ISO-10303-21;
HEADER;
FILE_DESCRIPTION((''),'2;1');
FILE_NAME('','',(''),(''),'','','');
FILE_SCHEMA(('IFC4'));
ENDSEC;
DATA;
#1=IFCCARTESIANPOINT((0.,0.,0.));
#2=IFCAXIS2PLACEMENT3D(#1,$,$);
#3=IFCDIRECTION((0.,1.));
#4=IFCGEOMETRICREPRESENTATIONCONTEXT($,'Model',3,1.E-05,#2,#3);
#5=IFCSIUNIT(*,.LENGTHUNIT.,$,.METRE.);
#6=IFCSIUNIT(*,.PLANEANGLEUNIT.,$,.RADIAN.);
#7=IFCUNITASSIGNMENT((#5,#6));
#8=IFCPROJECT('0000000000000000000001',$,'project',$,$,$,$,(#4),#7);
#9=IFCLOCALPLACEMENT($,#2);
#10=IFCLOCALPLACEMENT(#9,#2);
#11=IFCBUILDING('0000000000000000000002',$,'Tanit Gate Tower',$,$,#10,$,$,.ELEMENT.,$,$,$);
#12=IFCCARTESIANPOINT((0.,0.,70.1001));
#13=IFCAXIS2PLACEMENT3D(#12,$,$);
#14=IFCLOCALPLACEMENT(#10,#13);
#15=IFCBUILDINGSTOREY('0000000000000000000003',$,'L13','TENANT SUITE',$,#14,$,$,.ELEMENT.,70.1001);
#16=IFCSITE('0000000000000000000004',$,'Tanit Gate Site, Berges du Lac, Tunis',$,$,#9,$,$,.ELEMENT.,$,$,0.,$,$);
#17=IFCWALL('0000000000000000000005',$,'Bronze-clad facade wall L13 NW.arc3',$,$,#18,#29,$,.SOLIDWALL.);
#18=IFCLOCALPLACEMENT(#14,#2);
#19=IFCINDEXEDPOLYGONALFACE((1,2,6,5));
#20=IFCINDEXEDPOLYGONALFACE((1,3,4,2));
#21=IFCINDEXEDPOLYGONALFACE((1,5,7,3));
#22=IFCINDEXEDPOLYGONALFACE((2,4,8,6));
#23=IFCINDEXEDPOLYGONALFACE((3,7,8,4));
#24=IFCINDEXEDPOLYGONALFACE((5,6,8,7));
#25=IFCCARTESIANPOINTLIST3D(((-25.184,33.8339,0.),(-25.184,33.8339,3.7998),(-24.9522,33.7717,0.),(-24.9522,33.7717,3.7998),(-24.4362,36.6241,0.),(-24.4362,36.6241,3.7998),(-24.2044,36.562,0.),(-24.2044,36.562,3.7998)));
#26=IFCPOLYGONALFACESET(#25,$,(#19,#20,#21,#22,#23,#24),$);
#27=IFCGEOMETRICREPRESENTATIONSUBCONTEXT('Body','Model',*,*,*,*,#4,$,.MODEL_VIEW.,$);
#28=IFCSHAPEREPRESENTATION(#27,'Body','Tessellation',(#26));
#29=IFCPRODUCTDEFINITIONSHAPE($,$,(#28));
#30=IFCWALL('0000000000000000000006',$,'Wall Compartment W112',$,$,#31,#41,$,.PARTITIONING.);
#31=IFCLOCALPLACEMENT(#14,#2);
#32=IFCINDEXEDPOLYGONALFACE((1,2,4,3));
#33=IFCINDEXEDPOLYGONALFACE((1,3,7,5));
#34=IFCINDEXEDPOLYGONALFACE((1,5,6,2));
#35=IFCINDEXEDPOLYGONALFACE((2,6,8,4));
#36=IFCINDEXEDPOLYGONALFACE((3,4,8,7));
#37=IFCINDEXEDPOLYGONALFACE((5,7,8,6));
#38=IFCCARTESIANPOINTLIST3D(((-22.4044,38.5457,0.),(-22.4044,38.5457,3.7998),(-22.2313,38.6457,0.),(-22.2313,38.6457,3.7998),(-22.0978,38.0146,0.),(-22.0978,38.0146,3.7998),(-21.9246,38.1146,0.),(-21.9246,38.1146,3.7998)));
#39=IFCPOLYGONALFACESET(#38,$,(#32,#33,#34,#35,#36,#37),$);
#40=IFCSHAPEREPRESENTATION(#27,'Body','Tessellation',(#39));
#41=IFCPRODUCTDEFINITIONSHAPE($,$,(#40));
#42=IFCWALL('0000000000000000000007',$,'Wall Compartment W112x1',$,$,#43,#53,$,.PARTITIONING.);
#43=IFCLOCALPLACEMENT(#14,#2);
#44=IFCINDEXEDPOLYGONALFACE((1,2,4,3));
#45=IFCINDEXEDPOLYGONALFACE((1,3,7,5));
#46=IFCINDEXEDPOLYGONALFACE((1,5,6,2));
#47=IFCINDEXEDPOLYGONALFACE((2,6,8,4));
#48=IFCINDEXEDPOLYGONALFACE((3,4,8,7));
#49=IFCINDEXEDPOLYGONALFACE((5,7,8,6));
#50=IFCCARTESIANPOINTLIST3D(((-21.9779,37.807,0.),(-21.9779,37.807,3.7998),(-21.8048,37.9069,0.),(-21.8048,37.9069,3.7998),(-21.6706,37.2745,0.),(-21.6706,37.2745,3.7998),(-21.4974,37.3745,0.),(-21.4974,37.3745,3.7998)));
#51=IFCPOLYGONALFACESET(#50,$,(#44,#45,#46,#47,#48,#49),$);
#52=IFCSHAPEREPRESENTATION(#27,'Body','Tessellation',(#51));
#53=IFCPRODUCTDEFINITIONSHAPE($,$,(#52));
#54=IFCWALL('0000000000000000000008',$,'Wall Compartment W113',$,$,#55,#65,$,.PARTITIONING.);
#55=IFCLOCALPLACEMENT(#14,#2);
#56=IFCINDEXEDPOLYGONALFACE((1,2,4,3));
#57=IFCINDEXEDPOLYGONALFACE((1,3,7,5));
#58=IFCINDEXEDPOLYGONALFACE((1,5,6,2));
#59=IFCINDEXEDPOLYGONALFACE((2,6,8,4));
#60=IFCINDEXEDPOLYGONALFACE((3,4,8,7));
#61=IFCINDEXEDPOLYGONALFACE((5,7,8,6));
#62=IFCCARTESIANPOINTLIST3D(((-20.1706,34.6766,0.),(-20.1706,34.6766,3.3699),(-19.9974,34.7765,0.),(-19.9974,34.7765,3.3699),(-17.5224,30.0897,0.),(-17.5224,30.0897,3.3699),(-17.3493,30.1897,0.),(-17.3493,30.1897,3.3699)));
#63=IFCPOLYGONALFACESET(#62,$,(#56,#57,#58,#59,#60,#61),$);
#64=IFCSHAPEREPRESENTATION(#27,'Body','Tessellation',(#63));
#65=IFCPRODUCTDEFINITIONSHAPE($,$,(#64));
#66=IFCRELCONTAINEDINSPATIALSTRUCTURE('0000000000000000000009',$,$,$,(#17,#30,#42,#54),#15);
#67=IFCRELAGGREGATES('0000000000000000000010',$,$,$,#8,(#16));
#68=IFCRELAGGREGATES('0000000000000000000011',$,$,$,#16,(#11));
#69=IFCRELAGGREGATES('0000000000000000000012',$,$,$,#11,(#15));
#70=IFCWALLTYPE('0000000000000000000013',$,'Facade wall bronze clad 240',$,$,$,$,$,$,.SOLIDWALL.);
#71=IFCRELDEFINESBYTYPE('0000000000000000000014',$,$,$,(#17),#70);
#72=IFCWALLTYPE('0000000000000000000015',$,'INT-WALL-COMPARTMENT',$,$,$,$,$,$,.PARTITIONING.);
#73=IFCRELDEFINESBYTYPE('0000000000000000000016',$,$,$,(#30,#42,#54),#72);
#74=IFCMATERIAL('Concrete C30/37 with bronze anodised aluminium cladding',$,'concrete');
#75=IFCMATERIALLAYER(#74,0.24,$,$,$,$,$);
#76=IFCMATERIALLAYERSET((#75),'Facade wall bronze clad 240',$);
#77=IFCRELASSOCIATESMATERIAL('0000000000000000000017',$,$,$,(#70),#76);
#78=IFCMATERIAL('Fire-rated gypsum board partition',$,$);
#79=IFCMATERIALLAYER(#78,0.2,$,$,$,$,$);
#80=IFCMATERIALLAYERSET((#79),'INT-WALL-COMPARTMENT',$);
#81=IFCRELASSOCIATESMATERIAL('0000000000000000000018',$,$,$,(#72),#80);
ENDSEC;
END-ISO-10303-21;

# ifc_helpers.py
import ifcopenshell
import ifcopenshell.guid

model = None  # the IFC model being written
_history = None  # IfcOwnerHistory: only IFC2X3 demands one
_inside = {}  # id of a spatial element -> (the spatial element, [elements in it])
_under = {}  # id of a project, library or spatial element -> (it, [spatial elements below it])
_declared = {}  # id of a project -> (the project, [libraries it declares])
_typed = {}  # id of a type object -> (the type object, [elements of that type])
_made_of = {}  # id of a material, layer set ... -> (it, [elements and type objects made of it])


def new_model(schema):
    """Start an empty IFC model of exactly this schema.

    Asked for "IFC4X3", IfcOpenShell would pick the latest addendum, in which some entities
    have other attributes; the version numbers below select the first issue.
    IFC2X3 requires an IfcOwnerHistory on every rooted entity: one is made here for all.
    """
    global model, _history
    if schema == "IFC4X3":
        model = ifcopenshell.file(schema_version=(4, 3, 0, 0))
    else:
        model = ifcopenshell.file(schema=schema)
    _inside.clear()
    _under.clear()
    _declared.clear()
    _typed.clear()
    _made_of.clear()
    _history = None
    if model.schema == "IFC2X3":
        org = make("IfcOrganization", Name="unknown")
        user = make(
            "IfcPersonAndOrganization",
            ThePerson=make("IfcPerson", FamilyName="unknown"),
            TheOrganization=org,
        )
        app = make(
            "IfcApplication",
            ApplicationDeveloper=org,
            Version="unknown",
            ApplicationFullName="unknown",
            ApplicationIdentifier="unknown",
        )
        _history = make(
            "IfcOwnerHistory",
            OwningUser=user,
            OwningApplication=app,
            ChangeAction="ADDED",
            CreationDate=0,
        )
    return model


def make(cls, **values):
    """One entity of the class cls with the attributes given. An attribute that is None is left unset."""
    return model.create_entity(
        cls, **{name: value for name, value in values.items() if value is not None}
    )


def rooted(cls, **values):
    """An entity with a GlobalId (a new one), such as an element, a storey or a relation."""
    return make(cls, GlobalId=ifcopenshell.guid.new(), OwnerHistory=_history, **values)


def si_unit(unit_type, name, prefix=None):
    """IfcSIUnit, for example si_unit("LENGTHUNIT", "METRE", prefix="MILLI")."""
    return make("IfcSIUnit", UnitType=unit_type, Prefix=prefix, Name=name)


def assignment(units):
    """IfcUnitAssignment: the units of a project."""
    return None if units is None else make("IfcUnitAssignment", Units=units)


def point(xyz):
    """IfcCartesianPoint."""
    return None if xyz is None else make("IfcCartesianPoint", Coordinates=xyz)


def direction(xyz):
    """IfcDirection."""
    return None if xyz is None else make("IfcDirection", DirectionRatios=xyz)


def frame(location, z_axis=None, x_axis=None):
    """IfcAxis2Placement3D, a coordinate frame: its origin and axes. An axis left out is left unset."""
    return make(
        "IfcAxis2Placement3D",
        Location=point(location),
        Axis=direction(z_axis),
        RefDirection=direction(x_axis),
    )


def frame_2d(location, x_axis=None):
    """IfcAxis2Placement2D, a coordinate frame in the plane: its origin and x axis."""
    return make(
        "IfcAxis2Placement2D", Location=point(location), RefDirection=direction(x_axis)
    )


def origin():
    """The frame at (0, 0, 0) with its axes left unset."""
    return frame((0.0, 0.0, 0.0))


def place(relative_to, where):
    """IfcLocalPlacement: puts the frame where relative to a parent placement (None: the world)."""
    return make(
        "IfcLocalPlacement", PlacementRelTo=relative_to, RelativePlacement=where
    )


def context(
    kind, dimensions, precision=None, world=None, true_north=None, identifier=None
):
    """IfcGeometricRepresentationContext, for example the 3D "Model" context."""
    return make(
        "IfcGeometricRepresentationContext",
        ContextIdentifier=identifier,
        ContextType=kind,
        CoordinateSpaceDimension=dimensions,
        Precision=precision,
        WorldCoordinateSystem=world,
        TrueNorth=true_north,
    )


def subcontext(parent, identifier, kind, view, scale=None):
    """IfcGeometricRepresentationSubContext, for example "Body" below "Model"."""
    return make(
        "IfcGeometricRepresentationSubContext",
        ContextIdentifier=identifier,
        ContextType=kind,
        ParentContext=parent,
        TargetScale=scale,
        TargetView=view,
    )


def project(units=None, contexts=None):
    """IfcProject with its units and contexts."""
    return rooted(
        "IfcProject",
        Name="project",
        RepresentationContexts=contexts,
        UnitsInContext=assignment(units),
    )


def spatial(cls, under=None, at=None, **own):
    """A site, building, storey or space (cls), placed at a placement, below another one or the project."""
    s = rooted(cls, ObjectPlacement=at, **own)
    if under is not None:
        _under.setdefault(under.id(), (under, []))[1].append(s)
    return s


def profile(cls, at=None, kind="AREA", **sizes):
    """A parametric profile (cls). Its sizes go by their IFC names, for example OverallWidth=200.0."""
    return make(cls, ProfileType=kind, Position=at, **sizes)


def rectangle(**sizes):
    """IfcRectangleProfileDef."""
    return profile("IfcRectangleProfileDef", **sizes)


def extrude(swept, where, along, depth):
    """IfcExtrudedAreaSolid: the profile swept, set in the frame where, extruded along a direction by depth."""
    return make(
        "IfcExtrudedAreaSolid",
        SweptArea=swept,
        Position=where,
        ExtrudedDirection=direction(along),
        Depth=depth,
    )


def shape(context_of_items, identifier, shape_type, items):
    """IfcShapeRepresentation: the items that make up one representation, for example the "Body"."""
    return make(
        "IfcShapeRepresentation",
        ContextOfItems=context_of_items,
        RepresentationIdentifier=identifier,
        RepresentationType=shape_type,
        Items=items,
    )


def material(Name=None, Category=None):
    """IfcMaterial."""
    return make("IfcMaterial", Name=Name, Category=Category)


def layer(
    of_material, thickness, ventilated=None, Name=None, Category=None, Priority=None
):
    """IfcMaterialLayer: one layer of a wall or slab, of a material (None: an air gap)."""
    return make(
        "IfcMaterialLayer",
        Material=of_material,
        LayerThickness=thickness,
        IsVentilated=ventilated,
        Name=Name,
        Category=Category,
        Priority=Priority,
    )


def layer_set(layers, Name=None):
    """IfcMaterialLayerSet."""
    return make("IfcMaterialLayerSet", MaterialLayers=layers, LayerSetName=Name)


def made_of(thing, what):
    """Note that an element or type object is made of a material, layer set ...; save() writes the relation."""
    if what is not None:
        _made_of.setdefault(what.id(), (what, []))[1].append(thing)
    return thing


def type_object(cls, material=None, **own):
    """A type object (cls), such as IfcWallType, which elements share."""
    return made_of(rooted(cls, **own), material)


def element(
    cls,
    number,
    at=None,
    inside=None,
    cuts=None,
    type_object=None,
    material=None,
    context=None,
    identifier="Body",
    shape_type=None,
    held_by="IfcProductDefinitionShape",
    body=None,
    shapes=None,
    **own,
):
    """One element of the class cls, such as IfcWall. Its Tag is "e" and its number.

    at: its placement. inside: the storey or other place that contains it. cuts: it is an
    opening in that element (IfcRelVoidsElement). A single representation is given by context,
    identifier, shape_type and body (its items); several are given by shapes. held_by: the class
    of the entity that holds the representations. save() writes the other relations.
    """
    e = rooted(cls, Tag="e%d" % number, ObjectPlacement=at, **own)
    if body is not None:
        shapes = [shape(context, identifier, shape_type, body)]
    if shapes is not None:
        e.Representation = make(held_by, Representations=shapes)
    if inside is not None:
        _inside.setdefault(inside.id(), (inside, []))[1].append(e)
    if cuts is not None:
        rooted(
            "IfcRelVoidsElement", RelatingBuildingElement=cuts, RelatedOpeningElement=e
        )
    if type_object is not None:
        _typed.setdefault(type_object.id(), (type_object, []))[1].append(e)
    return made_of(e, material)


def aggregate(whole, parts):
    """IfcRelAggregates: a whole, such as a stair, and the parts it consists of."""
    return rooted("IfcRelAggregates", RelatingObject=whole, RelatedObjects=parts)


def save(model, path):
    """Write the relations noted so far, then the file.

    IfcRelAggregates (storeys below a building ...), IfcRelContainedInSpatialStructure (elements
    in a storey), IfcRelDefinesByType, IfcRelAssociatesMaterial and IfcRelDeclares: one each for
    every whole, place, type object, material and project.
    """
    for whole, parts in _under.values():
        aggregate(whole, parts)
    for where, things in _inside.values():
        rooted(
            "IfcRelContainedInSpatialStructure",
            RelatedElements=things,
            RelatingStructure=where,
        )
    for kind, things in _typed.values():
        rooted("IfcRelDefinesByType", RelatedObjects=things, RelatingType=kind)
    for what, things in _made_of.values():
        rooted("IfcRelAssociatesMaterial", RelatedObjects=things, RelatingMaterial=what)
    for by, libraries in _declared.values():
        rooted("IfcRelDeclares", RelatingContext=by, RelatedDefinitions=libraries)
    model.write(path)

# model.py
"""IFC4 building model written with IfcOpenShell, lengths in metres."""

from ifc_helpers import new_model, si_unit, direction, frame, frame_2d, origin, place, context, subcontext, project, spatial, rectangle, extrude, material, layer, layer_set, type_object, element, save


model = new_model("IFC4")

# Units and contexts
model_context = context("Model", 3, precision=1e-05, world=origin(), true_north=direction((0.0, 1.0)))
body_context = subcontext(model_context, "Body", "Model", "MODEL_VIEW")
ifc_project = project(units=[si_unit("LENGTHUNIT", "METRE"), si_unit("PLANEANGLEUNIT", "RADIAN")], contexts=[model_context])

# Site, building, storey
site_placement = place(None, origin())
site = spatial("IfcSite", under=ifc_project, at=site_placement, Name="Tanit Gate Site, Berges du Lac, Tunis", CompositionType="ELEMENT", RefElevation=0.0)
building_placement = place(site_placement, origin())
building = spatial("IfcBuilding", under=site, at=building_placement, Name="Tanit Gate Tower", CompositionType="ELEMENT")
storey_placement = place(building_placement, frame((0.0, 0.0, 70.1001)))
storey = spatial("IfcBuildingStorey", under=building, at=storey_placement, Name="L13", Description="TENANT SUITE", CompositionType="ELEMENT", Elevation=70.1001)

# Walls
ifc_material_1 = material(Name="Concrete C30/37 with bronze anodised aluminium cladding", Category="concrete")
ifc_layer_1 = layer(ifc_material_1, 0.24)
ifc_layer_set_1 = layer_set([ifc_layer_1], Name="Facade wall bronze clad 240")
wall_type_1 = type_object("IfcWallType", Name="Facade wall bronze clad 240", PredefinedType="SOLIDWALL", material=ifc_layer_set_1)
wall_1_placement = place(storey_placement, frame((-24.3203, 36.593, 0.0), z_axis=(0.0, 0.0, 1.0), x_axis=(-0.258867, -0.965913, 0.0)))
element("IfcWall", 1, at=wall_1_placement, inside=storey, type_object=wall_type_1, Name="Bronze-clad facade wall L13 NW.arc3", PredefinedType="SOLIDWALL", context=body_context, shape_type="SweptSolid", body=[
    extrude(rectangle(XDim=2.8887, YDim=0.24, at=frame_2d((1.4443, 0.0))), origin(), (0.0, 0.0, 1.0), 3.7998),
])
ifc_material_2 = material(Name="Fire-rated gypsum board partition")
ifc_layer_2 = layer(ifc_material_2, 0.2)
ifc_layer_set_2 = layer_set([ifc_layer_2], Name="INT-WALL-COMPARTMENT")
wall_type_2 = type_object("IfcWallType", Name="INT-WALL-COMPARTMENT", PredefinedType="PARTITIONING", material=ifc_layer_set_2)
wall_2_placement = place(storey_placement, frame((-22.3179, 38.5957, 0.0), z_axis=(0.0, 0.0, 1.0), x_axis=(0.500079, -0.86598, 0.0)))
element("IfcWall", 2, at=wall_2_placement, inside=storey, type_object=wall_type_2, Name="Wall Compartment W112", PredefinedType="PARTITIONING", context=body_context, shape_type="SweptSolid", body=[
    extrude(rectangle(XDim=0.6133, YDim=0.2, at=frame_2d((0.3066, 0.0))), origin(), (0.0, 0.0, 1.0), 3.7998),
])
wall_3_placement = place(storey_placement, frame((-21.8914, 37.8569, 0.0), z_axis=(0.0, 0.0, 1.0), x_axis=(0.49994, -0.86606, 0.0)))
element("IfcWall", 3, at=wall_3_placement, inside=storey, type_object=wall_type_2, Name="Wall Compartment W112x1", PredefinedType="PARTITIONING", context=body_context, shape_type="SweptSolid", body=[
    extrude(rectangle(XDim=0.6147, YDim=0.2, at=frame_2d((0.3074, 0.0))), origin(), (0.0, 0.0, 1.0), 3.7998),
])
wall_4_placement = place(storey_placement, frame((-20.084, 34.7266, 0.0), z_axis=(0.0, 0.0, 1.0), x_axis=(0.499991, -0.866031, 0.0)))
element("IfcWall", 4, at=wall_4_placement, inside=storey, type_object=wall_type_2, Name="Wall Compartment W113", PredefinedType="PARTITIONING", context=body_context, shape_type="SweptSolid", body=[
    extrude(rectangle(XDim=5.2964, YDim=0.2, at=frame_2d((2.6482, 0.0))), origin(), (0.0, 0.0, 1.0), 3.3699),
])

save(model, "model.ifc")
